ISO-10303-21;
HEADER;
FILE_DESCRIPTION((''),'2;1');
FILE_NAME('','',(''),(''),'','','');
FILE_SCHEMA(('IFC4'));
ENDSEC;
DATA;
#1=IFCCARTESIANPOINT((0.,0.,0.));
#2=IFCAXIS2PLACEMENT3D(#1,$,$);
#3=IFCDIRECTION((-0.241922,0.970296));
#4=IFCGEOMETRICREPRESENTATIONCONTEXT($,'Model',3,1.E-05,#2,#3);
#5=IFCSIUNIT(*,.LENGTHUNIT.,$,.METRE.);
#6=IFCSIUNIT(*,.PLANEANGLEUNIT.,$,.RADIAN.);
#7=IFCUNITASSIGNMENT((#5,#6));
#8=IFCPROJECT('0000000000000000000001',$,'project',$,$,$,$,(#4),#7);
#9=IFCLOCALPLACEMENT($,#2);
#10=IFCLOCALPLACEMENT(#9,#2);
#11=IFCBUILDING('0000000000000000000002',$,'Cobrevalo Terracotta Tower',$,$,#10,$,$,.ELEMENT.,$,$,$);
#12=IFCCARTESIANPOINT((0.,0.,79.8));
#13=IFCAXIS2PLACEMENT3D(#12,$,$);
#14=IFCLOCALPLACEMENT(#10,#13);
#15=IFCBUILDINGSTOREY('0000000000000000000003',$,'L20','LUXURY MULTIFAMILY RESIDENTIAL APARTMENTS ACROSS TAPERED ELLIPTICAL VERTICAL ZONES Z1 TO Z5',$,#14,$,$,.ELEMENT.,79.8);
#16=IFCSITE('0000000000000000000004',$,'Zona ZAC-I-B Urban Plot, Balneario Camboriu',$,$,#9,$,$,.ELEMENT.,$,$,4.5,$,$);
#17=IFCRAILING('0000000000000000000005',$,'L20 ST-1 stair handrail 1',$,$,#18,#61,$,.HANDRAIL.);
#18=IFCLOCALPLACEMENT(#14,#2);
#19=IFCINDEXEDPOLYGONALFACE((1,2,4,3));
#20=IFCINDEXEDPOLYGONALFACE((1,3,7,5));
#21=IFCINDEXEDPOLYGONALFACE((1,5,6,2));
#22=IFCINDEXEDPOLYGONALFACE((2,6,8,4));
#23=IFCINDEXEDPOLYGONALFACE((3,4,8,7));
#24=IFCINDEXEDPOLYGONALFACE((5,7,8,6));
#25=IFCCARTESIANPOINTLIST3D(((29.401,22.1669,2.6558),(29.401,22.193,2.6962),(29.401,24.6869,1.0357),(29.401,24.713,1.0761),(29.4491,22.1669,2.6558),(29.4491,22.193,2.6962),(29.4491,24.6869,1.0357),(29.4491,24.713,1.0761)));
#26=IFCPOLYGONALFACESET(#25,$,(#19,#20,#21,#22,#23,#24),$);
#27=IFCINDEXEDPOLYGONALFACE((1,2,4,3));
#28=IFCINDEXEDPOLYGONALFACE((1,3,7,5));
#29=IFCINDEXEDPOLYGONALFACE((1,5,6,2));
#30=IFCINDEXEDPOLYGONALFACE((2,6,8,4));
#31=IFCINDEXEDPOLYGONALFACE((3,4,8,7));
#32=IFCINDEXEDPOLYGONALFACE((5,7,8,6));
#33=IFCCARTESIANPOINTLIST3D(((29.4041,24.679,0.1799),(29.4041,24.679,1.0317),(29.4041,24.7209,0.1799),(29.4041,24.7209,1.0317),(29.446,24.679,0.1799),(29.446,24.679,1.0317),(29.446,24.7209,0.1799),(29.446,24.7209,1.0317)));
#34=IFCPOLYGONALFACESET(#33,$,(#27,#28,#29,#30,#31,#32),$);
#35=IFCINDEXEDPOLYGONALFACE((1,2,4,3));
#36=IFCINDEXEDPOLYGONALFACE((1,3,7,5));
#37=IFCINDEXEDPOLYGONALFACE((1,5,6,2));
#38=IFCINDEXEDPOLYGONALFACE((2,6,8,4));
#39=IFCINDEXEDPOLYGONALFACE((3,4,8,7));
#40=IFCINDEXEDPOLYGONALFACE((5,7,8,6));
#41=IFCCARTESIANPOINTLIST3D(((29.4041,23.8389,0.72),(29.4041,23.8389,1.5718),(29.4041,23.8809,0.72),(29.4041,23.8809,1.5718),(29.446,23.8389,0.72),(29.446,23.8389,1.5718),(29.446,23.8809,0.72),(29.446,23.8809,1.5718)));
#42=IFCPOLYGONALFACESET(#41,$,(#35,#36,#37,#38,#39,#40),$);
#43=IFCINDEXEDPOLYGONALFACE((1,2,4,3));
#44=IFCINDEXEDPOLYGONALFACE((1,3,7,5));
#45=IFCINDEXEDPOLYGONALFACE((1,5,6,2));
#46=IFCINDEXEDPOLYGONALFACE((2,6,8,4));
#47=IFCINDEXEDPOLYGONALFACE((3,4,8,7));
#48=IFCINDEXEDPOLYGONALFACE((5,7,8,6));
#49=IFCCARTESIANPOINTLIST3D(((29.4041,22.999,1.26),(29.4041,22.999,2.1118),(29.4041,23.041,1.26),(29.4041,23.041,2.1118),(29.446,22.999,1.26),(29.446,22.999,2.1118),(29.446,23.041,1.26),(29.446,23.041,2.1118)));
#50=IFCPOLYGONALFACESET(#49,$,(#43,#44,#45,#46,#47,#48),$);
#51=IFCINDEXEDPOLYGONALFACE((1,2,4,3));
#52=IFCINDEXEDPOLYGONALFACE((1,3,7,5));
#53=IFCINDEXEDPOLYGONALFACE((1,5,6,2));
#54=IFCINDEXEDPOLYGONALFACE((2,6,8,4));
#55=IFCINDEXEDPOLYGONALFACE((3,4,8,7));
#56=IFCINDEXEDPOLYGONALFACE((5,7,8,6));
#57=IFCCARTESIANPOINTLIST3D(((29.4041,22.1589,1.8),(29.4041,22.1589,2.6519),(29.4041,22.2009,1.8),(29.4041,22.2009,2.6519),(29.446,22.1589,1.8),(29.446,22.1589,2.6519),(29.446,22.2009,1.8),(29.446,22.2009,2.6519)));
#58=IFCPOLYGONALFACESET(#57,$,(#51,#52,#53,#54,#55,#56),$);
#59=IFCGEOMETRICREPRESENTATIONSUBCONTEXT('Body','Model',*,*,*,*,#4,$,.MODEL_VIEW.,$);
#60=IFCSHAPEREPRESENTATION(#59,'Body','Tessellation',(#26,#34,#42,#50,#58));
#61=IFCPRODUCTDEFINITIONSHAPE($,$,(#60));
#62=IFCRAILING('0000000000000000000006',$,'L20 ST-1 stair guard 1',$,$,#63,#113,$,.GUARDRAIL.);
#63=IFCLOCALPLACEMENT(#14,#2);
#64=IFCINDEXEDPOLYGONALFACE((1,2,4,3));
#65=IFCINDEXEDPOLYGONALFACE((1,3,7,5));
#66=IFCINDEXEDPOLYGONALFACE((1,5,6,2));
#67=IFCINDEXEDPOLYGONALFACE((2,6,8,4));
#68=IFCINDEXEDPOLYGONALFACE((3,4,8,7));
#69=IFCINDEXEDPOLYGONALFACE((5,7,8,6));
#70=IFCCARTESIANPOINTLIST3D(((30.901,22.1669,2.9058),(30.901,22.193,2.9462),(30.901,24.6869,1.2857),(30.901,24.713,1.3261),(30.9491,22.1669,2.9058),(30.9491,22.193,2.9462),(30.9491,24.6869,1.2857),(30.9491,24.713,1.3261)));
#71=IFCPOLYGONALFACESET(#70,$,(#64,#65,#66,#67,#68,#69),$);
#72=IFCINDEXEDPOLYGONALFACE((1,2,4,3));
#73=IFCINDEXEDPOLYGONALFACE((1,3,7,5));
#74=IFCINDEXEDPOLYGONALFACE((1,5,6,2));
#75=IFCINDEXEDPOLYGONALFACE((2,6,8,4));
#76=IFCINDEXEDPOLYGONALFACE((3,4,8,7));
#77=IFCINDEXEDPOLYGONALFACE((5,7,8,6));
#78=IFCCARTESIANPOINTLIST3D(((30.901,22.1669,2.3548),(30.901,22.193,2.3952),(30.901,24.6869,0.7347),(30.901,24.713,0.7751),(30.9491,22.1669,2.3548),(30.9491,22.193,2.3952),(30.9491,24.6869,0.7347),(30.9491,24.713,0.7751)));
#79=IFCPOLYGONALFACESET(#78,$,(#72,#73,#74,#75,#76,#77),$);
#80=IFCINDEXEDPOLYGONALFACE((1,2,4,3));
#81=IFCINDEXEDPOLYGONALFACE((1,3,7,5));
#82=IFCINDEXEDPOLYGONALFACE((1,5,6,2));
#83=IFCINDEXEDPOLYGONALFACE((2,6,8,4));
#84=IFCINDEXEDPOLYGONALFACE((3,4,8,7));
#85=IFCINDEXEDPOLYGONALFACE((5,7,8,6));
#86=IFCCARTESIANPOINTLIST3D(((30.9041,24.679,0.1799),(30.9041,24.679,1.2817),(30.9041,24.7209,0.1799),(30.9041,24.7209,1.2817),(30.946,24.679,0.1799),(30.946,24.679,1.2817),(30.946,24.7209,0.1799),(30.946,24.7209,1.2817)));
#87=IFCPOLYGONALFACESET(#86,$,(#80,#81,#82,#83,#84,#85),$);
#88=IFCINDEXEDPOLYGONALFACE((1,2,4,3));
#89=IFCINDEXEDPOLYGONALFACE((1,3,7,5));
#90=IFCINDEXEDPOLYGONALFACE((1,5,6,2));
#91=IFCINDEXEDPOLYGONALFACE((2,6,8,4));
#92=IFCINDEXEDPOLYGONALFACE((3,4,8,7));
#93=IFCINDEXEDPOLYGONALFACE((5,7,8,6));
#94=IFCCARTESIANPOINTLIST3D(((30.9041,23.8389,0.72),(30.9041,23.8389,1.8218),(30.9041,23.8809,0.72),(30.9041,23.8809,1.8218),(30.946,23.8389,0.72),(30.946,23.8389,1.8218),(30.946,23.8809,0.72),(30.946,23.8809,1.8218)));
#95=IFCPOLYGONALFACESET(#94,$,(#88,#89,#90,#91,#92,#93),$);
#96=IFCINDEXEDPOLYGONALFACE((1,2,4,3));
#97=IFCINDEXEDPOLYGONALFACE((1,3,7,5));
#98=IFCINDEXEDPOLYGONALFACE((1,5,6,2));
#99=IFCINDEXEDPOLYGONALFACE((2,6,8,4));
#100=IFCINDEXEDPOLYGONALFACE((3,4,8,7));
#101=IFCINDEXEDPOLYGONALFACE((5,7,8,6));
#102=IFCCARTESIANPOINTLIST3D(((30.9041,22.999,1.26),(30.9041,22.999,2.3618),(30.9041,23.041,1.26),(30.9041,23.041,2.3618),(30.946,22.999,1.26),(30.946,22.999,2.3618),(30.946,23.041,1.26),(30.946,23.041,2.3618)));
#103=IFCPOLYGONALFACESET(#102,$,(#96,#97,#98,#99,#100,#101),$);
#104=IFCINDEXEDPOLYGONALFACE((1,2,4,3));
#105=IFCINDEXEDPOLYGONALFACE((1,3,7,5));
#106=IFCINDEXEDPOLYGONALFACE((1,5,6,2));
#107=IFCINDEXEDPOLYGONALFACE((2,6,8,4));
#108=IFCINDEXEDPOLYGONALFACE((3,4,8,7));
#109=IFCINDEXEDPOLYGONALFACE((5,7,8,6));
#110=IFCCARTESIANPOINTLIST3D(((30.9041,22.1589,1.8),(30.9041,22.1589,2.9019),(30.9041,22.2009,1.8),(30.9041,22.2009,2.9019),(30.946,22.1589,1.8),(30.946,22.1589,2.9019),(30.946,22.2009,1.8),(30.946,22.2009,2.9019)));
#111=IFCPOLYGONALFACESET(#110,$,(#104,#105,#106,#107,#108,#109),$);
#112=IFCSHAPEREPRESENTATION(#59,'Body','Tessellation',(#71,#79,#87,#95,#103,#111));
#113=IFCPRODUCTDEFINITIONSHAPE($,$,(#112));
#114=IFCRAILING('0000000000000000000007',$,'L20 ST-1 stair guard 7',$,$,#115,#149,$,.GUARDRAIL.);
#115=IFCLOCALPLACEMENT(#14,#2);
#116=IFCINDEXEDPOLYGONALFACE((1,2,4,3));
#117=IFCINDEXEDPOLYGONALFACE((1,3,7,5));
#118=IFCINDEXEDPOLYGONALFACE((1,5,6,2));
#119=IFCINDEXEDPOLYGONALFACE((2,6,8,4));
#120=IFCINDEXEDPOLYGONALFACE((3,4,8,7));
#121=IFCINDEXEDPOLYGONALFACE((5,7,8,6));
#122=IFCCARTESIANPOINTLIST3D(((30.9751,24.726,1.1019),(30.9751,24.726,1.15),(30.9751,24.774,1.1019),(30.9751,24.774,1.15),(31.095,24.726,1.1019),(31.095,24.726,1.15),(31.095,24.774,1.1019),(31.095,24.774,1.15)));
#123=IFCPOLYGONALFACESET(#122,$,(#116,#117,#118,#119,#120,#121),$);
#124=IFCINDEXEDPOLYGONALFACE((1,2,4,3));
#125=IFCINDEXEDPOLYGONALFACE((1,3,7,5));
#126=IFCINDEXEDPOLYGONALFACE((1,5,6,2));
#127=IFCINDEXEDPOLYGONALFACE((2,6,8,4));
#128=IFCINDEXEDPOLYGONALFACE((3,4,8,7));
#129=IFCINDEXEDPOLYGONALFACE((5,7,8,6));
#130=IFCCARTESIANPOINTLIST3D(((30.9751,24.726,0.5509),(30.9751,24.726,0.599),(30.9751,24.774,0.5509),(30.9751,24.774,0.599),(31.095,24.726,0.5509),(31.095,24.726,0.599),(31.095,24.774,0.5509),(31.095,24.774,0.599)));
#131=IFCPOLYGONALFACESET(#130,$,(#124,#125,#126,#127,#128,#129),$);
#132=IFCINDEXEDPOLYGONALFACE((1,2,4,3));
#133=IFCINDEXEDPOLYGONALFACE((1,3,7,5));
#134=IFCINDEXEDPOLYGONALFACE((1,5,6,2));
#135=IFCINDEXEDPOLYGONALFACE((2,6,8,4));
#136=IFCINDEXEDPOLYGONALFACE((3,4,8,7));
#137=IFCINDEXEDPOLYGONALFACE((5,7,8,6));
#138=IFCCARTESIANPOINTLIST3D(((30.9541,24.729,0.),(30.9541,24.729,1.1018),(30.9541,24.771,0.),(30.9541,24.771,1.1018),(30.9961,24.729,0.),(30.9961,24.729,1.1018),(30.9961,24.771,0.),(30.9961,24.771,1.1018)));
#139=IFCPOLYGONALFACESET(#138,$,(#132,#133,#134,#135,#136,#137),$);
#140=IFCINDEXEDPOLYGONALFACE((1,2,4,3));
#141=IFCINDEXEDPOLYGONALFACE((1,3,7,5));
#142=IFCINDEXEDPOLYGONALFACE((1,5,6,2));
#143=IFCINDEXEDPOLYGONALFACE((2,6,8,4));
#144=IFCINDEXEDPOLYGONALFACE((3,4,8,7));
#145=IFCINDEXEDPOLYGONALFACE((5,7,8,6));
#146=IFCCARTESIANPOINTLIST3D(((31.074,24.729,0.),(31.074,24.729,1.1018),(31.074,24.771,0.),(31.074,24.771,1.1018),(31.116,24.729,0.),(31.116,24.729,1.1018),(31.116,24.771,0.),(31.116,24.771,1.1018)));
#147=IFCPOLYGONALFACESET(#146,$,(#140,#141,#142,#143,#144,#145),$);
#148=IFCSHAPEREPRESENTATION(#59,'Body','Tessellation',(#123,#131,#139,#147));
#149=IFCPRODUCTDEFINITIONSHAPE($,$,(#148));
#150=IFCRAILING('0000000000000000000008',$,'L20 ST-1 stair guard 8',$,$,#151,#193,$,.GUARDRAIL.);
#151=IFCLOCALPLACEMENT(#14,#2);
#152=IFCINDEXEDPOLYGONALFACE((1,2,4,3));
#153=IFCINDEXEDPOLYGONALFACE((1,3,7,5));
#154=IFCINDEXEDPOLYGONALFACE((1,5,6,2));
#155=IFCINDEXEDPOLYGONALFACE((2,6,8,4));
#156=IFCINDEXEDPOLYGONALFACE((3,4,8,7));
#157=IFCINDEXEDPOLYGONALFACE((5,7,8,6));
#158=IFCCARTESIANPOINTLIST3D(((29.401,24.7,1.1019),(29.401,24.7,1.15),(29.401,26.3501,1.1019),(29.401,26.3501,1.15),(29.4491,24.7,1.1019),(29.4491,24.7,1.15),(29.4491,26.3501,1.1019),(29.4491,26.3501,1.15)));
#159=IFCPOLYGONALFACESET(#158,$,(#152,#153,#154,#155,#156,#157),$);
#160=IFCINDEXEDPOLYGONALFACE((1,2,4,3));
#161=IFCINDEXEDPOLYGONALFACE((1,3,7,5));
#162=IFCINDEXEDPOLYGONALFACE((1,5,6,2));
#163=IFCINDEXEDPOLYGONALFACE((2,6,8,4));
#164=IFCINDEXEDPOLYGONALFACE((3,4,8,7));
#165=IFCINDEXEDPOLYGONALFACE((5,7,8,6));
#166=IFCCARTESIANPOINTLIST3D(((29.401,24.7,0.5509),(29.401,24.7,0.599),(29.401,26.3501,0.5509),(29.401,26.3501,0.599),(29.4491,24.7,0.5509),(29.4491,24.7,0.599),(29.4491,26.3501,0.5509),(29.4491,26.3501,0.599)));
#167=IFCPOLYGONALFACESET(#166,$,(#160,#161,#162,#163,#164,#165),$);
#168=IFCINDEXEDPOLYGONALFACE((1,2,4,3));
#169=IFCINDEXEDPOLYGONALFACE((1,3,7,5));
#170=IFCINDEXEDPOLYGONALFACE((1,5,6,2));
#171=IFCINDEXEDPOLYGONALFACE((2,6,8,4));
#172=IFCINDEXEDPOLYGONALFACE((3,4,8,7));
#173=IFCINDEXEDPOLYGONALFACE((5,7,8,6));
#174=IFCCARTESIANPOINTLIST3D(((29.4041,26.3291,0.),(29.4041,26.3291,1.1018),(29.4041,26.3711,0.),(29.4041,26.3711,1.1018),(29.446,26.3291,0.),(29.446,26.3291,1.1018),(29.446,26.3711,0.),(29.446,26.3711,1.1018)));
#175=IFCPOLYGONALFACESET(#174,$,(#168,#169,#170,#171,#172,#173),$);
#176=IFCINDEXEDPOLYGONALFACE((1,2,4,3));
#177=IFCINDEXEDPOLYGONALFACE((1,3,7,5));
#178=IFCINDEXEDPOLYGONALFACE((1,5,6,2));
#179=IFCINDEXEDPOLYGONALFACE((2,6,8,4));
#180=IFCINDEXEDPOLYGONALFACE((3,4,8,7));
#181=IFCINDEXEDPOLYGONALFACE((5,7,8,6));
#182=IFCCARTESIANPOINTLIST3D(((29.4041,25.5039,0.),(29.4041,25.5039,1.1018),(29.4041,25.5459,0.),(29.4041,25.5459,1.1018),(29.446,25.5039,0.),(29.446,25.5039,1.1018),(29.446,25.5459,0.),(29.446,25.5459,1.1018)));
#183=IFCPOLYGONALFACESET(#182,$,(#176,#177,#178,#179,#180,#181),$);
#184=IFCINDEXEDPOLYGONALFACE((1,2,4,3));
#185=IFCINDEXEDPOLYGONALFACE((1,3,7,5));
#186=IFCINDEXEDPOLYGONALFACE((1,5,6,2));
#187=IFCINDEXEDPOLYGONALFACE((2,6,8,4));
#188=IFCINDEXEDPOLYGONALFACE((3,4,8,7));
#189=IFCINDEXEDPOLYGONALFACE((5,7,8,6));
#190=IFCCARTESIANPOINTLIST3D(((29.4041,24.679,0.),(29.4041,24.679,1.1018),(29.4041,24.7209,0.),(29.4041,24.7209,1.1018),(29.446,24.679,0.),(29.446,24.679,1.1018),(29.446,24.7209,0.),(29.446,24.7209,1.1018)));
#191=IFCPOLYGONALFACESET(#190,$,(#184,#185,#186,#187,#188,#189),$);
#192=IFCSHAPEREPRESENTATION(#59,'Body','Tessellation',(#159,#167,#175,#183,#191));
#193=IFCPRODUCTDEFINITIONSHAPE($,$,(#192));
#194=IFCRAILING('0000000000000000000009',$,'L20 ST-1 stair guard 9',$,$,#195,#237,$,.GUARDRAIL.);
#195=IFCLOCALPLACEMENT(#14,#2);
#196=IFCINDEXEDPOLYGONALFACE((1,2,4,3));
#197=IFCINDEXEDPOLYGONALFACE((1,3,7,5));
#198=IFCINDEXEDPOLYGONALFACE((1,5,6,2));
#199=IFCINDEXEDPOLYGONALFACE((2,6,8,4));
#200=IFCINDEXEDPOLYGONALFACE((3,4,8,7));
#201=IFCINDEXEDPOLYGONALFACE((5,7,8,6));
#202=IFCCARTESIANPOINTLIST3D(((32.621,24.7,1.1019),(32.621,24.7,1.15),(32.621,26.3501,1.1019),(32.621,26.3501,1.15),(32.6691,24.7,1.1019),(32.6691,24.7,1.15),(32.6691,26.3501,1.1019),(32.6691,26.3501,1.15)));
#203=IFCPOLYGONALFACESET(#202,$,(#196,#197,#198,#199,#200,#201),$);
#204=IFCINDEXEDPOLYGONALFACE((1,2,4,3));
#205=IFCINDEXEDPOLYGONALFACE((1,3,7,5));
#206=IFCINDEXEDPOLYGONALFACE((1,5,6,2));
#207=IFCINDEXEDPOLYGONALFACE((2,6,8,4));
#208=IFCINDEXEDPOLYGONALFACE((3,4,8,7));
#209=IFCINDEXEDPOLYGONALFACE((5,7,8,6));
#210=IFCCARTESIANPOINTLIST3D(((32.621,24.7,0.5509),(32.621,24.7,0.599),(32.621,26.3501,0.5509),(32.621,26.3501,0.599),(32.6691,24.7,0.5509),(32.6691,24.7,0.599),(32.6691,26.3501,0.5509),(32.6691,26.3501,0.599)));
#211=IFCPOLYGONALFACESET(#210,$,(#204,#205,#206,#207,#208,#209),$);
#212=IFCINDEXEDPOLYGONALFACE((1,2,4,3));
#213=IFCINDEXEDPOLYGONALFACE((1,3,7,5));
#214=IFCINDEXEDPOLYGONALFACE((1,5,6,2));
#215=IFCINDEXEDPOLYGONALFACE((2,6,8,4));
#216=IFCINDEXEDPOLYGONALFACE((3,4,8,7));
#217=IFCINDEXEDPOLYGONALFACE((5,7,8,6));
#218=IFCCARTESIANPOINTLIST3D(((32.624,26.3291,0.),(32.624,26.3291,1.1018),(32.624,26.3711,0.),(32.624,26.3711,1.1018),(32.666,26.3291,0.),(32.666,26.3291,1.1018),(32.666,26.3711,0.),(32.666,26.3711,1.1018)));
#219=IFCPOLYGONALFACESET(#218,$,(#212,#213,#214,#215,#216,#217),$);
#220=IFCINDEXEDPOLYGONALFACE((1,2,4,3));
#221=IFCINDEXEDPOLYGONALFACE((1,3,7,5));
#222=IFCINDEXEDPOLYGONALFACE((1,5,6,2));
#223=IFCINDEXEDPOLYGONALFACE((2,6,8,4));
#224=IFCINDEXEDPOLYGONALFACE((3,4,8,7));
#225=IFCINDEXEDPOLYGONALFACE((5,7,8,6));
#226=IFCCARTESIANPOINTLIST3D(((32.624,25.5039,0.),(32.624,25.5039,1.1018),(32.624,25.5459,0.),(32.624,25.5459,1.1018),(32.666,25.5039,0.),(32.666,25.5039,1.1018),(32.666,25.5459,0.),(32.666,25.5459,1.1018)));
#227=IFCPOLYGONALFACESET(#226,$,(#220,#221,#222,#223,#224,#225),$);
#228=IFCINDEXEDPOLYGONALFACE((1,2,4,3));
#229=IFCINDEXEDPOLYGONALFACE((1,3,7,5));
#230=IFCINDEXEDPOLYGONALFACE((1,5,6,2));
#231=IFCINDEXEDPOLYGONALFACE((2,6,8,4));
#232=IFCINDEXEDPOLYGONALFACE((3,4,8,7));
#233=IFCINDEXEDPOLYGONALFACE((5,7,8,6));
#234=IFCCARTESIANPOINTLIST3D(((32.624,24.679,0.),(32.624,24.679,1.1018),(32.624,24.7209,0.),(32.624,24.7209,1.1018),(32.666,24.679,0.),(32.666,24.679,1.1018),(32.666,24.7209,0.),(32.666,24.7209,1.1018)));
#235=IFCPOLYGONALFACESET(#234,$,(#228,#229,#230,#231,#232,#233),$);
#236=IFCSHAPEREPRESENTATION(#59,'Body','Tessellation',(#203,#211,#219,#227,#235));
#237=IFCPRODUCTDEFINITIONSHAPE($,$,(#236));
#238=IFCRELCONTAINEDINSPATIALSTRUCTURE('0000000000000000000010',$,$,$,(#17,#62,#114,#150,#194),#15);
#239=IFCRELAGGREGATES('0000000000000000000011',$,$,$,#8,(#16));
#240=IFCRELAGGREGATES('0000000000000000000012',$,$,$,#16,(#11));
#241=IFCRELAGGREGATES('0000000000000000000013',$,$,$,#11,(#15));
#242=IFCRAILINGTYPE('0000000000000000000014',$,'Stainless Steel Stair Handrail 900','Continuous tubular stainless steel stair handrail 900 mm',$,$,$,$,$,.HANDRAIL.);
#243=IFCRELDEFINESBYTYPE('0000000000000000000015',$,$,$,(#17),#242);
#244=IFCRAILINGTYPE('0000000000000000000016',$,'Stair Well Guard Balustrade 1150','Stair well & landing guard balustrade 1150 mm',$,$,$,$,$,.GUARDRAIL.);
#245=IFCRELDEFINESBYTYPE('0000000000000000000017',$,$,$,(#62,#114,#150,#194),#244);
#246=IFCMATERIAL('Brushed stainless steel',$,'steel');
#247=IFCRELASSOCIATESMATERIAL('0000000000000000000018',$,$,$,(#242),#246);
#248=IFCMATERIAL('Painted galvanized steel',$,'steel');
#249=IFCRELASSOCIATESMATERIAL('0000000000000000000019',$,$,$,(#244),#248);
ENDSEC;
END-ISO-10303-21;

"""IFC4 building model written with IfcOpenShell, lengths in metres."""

from ifc_helpers import new_model, si_unit, direction, frame, origin, origin_2d, place, context, subcontext, project, spatial, rectangle, extrude, material, type_object, element, save


model = new_model("IFC4")

# Units and contexts
model_context = context("Model", 3, precision=1e-05, world=origin(), true_north=direction((-0.241922, 0.970296)))
body_context = subcontext(model_context, "Body", "Model", "MODEL_VIEW")
ifc_project = project(units=[si_unit("LENGTHUNIT", "METRE"), si_unit("PLANEANGLEUNIT", "RADIAN")], contexts=[model_context])

# Site, building, storey
site_placement = place(None, origin())
site = spatial("IfcSite", under=ifc_project, at=site_placement, Name="Zona ZAC-I-B Urban Plot, Balneario Camboriu", CompositionType="ELEMENT", RefElevation=4.5)
building_placement = place(site_placement, origin())
building = spatial("IfcBuilding", under=site, at=building_placement, Name="Cobrevalo Terracotta Tower", CompositionType="ELEMENT")
storey_placement = place(building_placement, frame((0.0, 0.0, 79.8)))
storey = spatial("IfcBuildingStorey", under=building, at=storey_placement, Name="L20", Description="LUXURY MULTIFAMILY RESIDENTIAL APARTMENTS ACROSS TAPERED ELLIPTICAL VERTICAL ZONES Z1 TO Z5", CompositionType="ELEMENT", Elevation=79.8)

# Shared definitions
ifc_material_1 = material(Name="Brushed stainless steel", Category="steel")

# Railings
railing_type_1 = type_object("IfcRailingType", Name="Stainless Steel Stair Handrail 900", Description="Continuous tubular stainless steel stair handrail 900 mm", PredefinedType="HANDRAIL", material=ifc_material_1)
railing_1_placement = place(storey_placement, frame((29.425, 24.7, 0.1799)))
element("IfcRailing", 1, at=railing_1_placement, inside=storey, type_object=railing_type_1, Name="L20 ST-1 stair handrail 1", PredefinedType="HANDRAIL", context=body_context, shape_type="SweptSolid", body=[
    extrude(rectangle(XDim=0.0481, YDim=0.0481, at=origin_2d()), frame((0.0, 0.0, 0.876), z_axis=(0.0, -0.841163, 0.540782), x_axis=(1.0, 0.0, 0.0)), (0.0, 0.0, 1.0), 2.9958),
    extrude(rectangle(XDim=0.042, YDim=0.042, at=origin_2d()), origin(), (0.0, 0.0, 1.0), 0.8518),
    extrude(rectangle(XDim=0.042, YDim=0.042, at=origin_2d()), frame((0.0, -0.8401, 0.54)), (0.0, 0.0, 1.0), 0.8518),
    extrude(rectangle(XDim=0.042, YDim=0.042, at=origin_2d()), frame((0.0, -1.6799, 1.0801)), (0.0, 0.0, 1.0), 0.8518),
    extrude(rectangle(XDim=0.042, YDim=0.042, at=origin_2d()), frame((0.0, -2.52, 1.6201)), (0.0, 0.0, 1.0), 0.8518),
])
ifc_material_2 = material(Name="Painted galvanized steel", Category="steel")
railing_type_2 = type_object("IfcRailingType", Name="Stair Well Guard Balustrade 1150", Description="Stair well & landing guard balustrade 1150 mm", PredefinedType="GUARDRAIL", material=ifc_material_2)
railing_2_placement = place(storey_placement, frame((30.925, 24.7, 0.1799)))
element("IfcRailing", 2, at=railing_2_placement, inside=storey, type_object=railing_type_2, Name="L20 ST-1 stair guard 1", PredefinedType="GUARDRAIL", context=body_context, shape_type="SweptSolid", body=[
    extrude(rectangle(XDim=0.0481, YDim=0.0481, at=origin_2d()), frame((0.0, 0.0, 1.126), z_axis=(0.0, -0.841163, 0.540782), x_axis=(1.0, 0.0, 0.0)), (0.0, 0.0, 1.0), 2.9958),
    extrude(rectangle(XDim=0.0481, YDim=0.0481, at=origin_2d()), frame((0.0, 0.0, 0.575), z_axis=(0.0, -0.841163, 0.540782), x_axis=(1.0, 0.0, 0.0)), (0.0, 0.0, 1.0), 2.9958),
    extrude(rectangle(XDim=0.042, YDim=0.042, at=origin_2d()), origin(), (0.0, 0.0, 1.0), 1.1018),
    extrude(rectangle(XDim=0.042, YDim=0.042, at=origin_2d()), frame((0.0, -0.8401, 0.54)), (0.0, 0.0, 1.0), 1.1018),
    extrude(rectangle(XDim=0.042, YDim=0.042, at=origin_2d()), frame((0.0, -1.6799, 1.0801)), (0.0, 0.0, 1.0), 1.1018),
    extrude(rectangle(XDim=0.042, YDim=0.042, at=origin_2d()), frame((0.0, -2.52, 1.6201)), (0.0, 0.0, 1.0), 1.1018),
])
railing_3_placement = place(storey_placement, frame((30.9751, 24.75, 0.0)))
element("IfcRailing", 3, at=railing_3_placement, inside=storey, type_object=railing_type_2, Name="L20 ST-1 stair guard 7", PredefinedType="GUARDRAIL", context=body_context, shape_type="SweptSolid", body=[
    extrude(rectangle(XDim=0.0481, YDim=0.0481, at=origin_2d()), frame((0.0, 0.0, 1.126), z_axis=(1.0, 0.0, 0.0), x_axis=(0.0, 1.0, 0.0)), (0.0, 0.0, 1.0), 0.1199),
    extrude(rectangle(XDim=0.0481, YDim=0.0481, at=origin_2d()), frame((0.0, 0.0, 0.575), z_axis=(1.0, 0.0, 0.0), x_axis=(0.0, 1.0, 0.0)), (0.0, 0.0, 1.0), 0.1199),
    extrude(rectangle(XDim=0.042, YDim=0.042, at=origin_2d()), origin(), (0.0, 0.0, 1.0), 1.1018),
    extrude(rectangle(XDim=0.042, YDim=0.042, at=origin_2d()), frame((0.1199, 0.0, 0.0)), (0.0, 0.0, 1.0), 1.1018),
])
for number, where, name in (
    (4, (29.425, 26.3501, 0.0), "L20 ST-1 stair guard 8"),
    (5, (32.645, 26.3501, 0.0), "L20 ST-1 stair guard 9"),
):
    element("IfcRailing", number, at=place(storey_placement, frame(where)), inside=storey, type_object=railing_type_2, Name=name, PredefinedType="GUARDRAIL", context=body_context, shape_type="SweptSolid", body=[
        extrude(rectangle(XDim=0.0481, YDim=0.0481, at=origin_2d()), frame((0.0, 0.0, 1.126), z_axis=(0.0, -1.0, 0.0), x_axis=(1.0, 0.0, 0.0)), (0.0, 0.0, 1.0), 1.6501),
        extrude(rectangle(XDim=0.0481, YDim=0.0481, at=origin_2d()), frame((0.0, 0.0, 0.575), z_axis=(0.0, -1.0, 0.0), x_axis=(1.0, 0.0, 0.0)), (0.0, 0.0, 1.0), 1.6501),
        extrude(rectangle(XDim=0.042, YDim=0.042, at=origin_2d()), origin(), (0.0, 0.0, 1.0), 1.1018),
        extrude(rectangle(XDim=0.042, YDim=0.042, at=origin_2d()), frame((0.0, -0.8252, 0.0)), (0.0, 0.0, 1.0), 1.1018),
        extrude(rectangle(XDim=0.042, YDim=0.042, at=origin_2d()), frame((0.0, -1.6501, 0.0)), (0.0, 0.0, 1.0), 1.1018),
    ])

save(model, "model.ifc")
